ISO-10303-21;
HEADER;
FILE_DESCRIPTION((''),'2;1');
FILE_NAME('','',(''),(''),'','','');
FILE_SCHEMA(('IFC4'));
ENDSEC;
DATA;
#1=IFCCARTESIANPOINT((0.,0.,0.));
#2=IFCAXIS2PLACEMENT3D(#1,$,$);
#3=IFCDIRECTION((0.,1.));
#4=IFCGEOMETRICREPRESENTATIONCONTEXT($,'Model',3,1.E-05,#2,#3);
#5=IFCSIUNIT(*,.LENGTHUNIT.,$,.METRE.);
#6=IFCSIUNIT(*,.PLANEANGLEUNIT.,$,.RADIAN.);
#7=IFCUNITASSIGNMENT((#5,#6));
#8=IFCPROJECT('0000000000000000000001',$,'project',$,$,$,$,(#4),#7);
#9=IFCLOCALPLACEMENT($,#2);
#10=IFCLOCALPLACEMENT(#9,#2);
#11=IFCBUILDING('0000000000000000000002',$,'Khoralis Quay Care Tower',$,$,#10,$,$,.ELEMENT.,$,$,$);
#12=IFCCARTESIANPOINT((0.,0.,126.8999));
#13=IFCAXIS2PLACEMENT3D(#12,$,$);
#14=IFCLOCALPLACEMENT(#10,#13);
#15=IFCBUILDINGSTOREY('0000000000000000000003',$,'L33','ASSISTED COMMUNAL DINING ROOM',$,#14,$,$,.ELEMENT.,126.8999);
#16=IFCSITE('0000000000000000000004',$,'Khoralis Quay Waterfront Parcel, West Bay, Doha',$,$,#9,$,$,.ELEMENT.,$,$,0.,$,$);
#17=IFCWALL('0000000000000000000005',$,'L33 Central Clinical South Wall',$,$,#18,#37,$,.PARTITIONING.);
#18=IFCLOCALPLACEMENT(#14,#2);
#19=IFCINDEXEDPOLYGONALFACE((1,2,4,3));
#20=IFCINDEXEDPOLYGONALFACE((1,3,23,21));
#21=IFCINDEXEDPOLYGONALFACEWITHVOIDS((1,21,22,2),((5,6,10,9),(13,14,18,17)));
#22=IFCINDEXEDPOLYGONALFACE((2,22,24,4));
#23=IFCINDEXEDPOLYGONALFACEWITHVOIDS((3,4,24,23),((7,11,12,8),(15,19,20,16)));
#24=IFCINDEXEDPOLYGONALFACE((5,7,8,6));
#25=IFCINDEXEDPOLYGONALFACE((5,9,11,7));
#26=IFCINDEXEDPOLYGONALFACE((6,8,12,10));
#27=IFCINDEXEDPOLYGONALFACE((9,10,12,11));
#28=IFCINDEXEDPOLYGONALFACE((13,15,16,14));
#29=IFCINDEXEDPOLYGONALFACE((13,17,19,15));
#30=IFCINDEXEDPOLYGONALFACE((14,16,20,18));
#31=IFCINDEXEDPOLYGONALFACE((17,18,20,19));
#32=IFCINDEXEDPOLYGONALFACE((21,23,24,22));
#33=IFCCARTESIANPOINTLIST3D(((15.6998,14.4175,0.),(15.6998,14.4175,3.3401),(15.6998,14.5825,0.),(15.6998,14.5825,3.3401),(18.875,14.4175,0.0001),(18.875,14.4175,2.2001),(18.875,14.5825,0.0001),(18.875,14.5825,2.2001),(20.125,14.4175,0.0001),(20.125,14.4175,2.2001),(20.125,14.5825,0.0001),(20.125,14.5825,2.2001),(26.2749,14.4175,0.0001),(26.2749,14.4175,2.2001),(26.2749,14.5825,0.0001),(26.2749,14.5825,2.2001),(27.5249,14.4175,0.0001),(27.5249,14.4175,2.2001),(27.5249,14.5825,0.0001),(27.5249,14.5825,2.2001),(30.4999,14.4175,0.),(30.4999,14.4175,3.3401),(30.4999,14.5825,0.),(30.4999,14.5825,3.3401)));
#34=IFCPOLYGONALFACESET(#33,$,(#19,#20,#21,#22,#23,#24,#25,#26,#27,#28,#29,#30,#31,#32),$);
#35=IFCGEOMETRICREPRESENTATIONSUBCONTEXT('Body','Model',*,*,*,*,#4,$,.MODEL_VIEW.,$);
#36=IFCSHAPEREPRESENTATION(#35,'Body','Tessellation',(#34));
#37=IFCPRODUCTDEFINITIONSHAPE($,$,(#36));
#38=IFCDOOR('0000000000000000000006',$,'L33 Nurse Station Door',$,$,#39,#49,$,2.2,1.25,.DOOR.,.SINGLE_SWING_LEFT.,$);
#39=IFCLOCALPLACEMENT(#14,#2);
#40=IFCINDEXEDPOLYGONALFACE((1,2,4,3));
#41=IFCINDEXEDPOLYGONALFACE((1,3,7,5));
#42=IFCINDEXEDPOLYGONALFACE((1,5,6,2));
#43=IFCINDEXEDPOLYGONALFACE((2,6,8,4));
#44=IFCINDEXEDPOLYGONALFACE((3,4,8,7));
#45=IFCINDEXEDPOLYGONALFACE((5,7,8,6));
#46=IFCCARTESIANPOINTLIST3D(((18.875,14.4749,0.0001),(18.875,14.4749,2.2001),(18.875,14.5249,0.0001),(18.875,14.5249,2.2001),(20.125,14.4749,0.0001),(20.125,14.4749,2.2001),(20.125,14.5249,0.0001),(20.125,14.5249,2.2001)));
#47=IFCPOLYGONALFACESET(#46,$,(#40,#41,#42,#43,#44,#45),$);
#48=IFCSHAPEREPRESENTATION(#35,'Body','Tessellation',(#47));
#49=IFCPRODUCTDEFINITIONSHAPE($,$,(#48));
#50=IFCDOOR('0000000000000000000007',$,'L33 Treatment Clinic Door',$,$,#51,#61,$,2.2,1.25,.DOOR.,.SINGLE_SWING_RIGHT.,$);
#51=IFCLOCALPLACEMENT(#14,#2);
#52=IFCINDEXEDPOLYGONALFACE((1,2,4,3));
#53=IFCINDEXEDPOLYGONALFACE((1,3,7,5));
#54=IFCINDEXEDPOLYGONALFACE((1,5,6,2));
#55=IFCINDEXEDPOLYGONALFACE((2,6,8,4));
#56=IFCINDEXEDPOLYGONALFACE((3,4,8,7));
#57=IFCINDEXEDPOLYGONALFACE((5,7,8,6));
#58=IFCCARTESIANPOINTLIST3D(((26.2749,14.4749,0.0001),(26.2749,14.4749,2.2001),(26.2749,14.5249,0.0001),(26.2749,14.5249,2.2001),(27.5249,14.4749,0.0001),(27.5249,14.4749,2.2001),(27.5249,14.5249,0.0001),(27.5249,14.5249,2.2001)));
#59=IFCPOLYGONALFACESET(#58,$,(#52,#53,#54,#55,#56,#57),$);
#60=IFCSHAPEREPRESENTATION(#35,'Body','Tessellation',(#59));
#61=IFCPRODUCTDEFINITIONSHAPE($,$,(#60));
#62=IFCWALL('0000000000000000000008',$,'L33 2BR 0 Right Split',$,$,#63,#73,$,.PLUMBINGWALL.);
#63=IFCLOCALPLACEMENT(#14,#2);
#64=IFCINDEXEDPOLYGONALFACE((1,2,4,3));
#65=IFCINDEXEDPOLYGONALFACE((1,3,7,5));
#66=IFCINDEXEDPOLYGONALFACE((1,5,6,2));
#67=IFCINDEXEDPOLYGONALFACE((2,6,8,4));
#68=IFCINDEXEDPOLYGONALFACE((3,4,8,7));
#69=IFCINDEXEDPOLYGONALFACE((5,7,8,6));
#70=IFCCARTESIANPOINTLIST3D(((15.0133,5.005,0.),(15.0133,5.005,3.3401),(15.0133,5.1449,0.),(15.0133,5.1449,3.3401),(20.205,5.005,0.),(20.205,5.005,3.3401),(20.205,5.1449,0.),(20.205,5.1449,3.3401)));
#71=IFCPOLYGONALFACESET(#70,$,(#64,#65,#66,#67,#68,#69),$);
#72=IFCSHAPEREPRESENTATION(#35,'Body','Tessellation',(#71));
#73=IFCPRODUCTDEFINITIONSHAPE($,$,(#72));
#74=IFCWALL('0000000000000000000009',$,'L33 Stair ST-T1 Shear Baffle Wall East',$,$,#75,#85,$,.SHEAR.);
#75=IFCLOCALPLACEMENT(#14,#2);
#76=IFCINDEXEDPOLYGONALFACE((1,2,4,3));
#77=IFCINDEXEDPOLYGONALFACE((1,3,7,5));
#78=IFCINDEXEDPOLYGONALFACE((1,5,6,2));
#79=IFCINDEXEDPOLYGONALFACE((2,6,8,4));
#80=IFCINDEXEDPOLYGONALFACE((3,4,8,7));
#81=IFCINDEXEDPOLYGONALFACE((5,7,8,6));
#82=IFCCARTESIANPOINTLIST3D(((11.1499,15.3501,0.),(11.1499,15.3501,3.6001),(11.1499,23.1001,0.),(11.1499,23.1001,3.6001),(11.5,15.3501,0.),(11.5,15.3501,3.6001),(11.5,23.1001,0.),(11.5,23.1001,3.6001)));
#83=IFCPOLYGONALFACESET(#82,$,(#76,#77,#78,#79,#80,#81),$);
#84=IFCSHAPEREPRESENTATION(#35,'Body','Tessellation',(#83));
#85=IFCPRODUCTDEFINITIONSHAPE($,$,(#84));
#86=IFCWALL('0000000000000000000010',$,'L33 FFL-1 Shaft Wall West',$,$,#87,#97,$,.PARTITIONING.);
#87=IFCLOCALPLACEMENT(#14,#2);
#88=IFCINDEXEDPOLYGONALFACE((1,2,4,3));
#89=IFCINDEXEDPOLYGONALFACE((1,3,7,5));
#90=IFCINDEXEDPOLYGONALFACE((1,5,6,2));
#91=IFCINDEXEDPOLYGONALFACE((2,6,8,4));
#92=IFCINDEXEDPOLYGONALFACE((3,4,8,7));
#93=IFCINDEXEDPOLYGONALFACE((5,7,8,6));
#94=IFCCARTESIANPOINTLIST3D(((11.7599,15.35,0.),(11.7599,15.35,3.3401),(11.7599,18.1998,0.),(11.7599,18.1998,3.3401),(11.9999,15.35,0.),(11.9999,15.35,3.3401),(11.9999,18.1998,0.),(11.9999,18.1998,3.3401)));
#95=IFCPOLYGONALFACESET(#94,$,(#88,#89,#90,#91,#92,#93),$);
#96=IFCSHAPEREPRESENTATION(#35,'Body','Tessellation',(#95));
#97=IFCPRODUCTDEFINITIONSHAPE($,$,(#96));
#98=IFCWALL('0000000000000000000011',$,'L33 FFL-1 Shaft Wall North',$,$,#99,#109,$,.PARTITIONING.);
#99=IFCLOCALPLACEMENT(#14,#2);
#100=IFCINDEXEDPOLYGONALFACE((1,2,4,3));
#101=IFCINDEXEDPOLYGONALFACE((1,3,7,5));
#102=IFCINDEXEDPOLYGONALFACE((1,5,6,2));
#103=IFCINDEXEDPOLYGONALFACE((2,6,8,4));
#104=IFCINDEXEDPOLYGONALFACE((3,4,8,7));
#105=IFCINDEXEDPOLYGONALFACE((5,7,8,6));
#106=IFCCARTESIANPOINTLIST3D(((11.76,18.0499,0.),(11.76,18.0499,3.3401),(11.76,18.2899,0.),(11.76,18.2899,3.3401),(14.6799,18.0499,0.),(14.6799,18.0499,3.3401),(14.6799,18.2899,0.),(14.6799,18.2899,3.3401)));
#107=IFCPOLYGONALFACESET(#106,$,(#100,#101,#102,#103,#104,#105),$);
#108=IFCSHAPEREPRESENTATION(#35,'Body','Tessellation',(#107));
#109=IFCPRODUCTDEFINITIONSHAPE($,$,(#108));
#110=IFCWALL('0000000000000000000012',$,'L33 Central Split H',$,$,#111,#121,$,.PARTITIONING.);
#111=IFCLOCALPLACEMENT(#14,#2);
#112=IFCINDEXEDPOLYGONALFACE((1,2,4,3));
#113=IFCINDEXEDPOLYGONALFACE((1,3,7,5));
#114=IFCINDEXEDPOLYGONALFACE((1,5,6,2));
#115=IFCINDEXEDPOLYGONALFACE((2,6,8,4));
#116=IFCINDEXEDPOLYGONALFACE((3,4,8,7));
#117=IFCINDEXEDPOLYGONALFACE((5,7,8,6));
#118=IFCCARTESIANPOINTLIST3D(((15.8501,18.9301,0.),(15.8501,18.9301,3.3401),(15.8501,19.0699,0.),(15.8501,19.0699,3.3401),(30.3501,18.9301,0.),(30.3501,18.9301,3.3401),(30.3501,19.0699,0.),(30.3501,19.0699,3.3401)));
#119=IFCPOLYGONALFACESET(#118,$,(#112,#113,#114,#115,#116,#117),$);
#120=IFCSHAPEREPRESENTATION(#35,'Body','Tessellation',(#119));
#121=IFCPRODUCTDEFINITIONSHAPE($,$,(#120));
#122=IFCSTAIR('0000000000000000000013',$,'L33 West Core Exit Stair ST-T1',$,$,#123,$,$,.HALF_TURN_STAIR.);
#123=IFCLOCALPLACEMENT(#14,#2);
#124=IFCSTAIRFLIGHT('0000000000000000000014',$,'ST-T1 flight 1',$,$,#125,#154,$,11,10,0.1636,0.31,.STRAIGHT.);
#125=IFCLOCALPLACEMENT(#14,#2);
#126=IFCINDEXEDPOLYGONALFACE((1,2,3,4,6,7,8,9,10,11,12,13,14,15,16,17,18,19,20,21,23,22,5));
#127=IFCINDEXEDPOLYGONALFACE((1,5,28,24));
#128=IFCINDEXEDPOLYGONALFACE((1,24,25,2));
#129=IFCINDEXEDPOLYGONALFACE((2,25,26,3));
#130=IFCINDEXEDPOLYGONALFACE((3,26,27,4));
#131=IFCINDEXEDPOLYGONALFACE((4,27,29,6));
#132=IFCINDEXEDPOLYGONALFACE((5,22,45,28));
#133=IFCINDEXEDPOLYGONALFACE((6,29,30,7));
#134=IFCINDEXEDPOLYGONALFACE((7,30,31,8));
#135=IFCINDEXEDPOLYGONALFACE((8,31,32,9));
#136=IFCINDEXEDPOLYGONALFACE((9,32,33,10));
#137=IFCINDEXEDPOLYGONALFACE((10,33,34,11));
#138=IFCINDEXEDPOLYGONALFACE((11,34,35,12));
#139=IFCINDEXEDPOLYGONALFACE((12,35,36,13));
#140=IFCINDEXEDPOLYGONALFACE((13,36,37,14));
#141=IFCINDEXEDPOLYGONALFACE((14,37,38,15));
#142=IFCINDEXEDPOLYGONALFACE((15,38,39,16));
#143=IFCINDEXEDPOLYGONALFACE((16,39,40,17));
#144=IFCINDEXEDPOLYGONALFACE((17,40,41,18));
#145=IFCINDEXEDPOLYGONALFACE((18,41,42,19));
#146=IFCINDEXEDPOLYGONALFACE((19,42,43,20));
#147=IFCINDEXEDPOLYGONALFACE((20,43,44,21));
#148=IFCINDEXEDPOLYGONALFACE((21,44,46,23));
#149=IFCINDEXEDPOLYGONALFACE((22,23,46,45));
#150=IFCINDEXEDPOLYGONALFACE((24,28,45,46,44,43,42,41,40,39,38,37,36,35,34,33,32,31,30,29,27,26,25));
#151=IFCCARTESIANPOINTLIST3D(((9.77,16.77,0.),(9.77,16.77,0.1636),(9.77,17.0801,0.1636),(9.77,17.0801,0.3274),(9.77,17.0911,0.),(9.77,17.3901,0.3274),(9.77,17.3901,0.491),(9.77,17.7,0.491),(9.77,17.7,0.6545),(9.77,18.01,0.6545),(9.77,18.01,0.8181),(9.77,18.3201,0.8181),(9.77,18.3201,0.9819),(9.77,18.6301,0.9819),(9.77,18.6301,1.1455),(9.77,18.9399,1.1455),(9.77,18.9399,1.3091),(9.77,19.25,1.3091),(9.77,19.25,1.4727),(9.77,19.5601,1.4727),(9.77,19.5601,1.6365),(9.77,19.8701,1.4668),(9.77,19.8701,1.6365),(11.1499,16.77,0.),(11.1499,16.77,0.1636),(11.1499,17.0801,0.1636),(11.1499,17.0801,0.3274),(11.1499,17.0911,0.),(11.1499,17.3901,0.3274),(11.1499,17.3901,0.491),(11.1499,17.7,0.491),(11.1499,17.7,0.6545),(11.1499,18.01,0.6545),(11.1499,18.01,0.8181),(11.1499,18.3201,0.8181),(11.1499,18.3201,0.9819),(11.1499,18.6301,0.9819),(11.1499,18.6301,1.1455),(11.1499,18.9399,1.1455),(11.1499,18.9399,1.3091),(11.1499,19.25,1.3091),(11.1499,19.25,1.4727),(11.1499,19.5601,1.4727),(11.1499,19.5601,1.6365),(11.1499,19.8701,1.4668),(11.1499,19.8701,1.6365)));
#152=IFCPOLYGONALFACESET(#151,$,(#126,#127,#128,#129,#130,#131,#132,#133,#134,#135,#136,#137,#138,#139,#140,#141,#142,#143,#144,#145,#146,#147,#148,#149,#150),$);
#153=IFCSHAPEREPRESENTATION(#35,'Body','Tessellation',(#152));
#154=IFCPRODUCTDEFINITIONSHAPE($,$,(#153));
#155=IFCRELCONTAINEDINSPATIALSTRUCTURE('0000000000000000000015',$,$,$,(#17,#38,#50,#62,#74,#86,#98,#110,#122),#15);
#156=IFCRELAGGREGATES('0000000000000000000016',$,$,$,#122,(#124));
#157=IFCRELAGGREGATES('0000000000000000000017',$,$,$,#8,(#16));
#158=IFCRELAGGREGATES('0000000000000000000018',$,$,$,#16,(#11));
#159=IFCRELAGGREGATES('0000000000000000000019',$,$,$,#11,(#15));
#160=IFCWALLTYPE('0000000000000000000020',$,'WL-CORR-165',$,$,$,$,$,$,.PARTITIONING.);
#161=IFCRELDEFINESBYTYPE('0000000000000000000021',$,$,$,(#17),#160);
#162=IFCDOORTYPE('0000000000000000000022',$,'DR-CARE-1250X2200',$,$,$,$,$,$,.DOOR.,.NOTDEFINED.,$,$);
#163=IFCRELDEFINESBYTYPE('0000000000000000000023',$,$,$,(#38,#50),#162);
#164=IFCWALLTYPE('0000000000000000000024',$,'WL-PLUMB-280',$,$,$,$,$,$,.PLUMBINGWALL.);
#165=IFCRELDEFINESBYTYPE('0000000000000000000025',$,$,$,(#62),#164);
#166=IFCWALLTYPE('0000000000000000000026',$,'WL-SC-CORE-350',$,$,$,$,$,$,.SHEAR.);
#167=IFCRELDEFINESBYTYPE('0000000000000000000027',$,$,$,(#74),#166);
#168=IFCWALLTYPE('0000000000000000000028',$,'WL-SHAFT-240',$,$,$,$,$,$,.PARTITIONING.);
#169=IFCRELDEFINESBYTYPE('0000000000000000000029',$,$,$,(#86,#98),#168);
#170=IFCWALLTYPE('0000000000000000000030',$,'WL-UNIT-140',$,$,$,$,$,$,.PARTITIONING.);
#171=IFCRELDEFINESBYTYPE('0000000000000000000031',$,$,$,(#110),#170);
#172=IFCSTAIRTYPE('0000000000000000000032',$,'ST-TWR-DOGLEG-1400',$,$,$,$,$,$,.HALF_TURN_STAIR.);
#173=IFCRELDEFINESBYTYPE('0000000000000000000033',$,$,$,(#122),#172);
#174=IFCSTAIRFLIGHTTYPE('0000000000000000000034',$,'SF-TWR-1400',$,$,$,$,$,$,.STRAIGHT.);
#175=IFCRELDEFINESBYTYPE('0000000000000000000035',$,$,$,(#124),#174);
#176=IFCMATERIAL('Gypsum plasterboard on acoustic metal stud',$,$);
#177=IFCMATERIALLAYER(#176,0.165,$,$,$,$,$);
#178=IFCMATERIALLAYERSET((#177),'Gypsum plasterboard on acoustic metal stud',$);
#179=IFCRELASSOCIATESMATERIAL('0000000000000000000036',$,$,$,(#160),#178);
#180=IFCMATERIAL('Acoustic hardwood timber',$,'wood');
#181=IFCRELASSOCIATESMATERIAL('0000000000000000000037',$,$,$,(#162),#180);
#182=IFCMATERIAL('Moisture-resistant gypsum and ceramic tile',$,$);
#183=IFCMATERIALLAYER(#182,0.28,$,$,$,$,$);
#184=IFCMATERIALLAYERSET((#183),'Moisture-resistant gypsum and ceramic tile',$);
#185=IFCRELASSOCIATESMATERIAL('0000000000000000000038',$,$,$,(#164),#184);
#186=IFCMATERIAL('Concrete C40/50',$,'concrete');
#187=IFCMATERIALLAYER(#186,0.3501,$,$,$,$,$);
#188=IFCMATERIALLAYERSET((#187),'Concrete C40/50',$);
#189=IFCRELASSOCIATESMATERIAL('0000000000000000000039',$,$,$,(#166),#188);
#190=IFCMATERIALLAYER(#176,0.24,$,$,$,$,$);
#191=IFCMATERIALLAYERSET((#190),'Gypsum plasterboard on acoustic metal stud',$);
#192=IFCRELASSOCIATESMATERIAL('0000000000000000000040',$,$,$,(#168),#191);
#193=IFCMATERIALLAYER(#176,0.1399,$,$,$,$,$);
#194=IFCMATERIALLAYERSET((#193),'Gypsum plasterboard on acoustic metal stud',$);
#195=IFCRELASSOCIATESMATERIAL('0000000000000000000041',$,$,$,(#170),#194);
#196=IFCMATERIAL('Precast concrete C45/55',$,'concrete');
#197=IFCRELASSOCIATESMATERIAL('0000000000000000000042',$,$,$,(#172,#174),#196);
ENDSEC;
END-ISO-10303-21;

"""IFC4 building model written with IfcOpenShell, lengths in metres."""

from ifc_helpers import new_model, si_unit, direction, frame, frame_2d, origin, place, context, subcontext, project, spatial, polyline, rectangle, outline, extrude, source, transform, mapped, material, layer, layer_set, type_object, element, fill, aggregate, save


model = new_model("IFC4")

# Units and contexts
model_context = context("Model", 3, precision=1e-05, world=origin(), true_north=direction((0.0, 1.0)))
body_context = subcontext(model_context, "Body", "Model", "MODEL_VIEW")
ifc_project = project(units=[si_unit("LENGTHUNIT", "METRE"), si_unit("PLANEANGLEUNIT", "RADIAN")], contexts=[model_context])

# Site, building, storey
site_placement = place(None, origin())
site = spatial("IfcSite", under=ifc_project, at=site_placement, Name="Khoralis Quay Waterfront Parcel, West Bay, Doha", CompositionType="ELEMENT", RefElevation=0.0)
building_placement = place(site_placement, origin())
building = spatial("IfcBuilding", under=site, at=building_placement, Name="Khoralis Quay Care Tower", CompositionType="ELEMENT")
storey_placement = place(building_placement, frame((0.0, 0.0, 126.8999)))
storey = spatial("IfcBuildingStorey", under=building, at=storey_placement, Name="L33", Description="ASSISTED COMMUNAL DINING ROOM", CompositionType="ELEMENT", Elevation=126.8999)

# Shared definitions
ifc_material_1 = material(Name="Gypsum plasterboard on acoustic metal stud")

# Wall, openings, doors
ifc_layer_1 = layer(ifc_material_1, 0.165)
ifc_layer_set_1 = layer_set([ifc_layer_1], Name="Gypsum plasterboard on acoustic metal stud")
wall_type_1 = type_object("IfcWallType", Name="WL-CORR-165", PredefinedType="PARTITIONING", material=ifc_layer_set_1)
wall_1_placement = place(storey_placement, frame((15.7, 14.5, 0.0), z_axis=(0.0, 0.0, 1.0), x_axis=(1.0, 0.0, 0.0)))
wall_1 = element("IfcWall", 1, at=wall_1_placement, inside=storey, type_object=wall_type_1, Name="L33 Central Clinical South Wall", PredefinedType="PARTITIONING", context=body_context, shape_type="SweptSolid", body=[
    extrude(rectangle(XDim=14.8, YDim=0.165, at=frame_2d((7.3999, 0.0))), origin(), (0.0, 0.0, 1.0), 3.3401),
])
opening_1_placement = place(wall_1_placement, frame((3.175, 0.0, 0.0)))
opening_1 = element("IfcOpeningElement", 2, at=opening_1_placement, cuts=wall_1, PredefinedType="OPENING", context=body_context, shape_type="SweptSolid", body=[
    extrude(rectangle(XDim=1.25, YDim=2.2, at=frame_2d((0.625, 1.1001))), frame((0.0, 0.0925, 0.0), z_axis=(0.0, -1.0, 0.0), x_axis=(1.0, 0.0, 0.0)), (0.0, 0.0, 1.0), 0.1851),
])
opening_2_placement = place(wall_1_placement, frame((10.575, 0.0, 0.0)))
opening_2 = element("IfcOpeningElement", 3, at=opening_2_placement, cuts=wall_1, PredefinedType="OPENING", context=body_context, shape_type="SweptSolid", body=[
    extrude(rectangle(XDim=1.25, YDim=2.2, at=frame_2d((0.625, 1.1001))), frame((0.0, 0.0925, 0.0), z_axis=(0.0, -1.0, 0.0), x_axis=(1.0, 0.0, 0.0)), (0.0, 0.0, 1.0), 0.1851),
])
ifc_material_2 = material(Name="Acoustic hardwood timber", Category="wood")
door_type_1 = type_object("IfcDoorType", Name="DR-CARE-1250X2200", OperationType="NOTDEFINED", PredefinedType="DOOR", material=ifc_material_2)
shared_shape_1 = source(origin(), body_context, "Body", "SweptSolid", [
    extrude(rectangle(XDim=1.25, YDim=2.2, at=frame_2d((0.625, 1.1001))), frame((0.0, 0.0249, 0.0), z_axis=(0.0, -1.0, 0.0), x_axis=(1.0, 0.0, 0.0)), (0.0, 0.0, 1.0), 0.05),
])
door_1_placement = place(opening_1_placement, origin())
door_1 = element("IfcDoor", 4, at=door_1_placement, inside=storey, type_object=door_type_1, Name="L33 Nurse Station Door", OperationType="SINGLE_SWING_LEFT", OverallHeight=2.2, OverallWidth=1.25, PredefinedType="DOOR", context=body_context, shape_type="MappedRepresentation", body=[
    mapped(shared_shape_1, transform((0.0, 0.0, 0.0), scale=1.0)),
])
fill(opening_1, door_1)
door_2_placement = place(opening_2_placement, origin())
door_2 = element("IfcDoor", 5, at=door_2_placement, inside=storey, type_object=door_type_1, Name="L33 Treatment Clinic Door", OperationType="SINGLE_SWING_RIGHT", OverallHeight=2.2, OverallWidth=1.25, PredefinedType="DOOR", context=body_context, shape_type="MappedRepresentation", body=[
    mapped(shared_shape_1, transform((0.0, 0.0, 0.0), scale=1.0)),
])
fill(opening_2, door_2)

# Walls
ifc_material_3 = material(Name="Moisture-resistant gypsum and ceramic tile")
ifc_layer_2 = layer(ifc_material_3, 0.28)
ifc_layer_set_2 = layer_set([ifc_layer_2], Name="Moisture-resistant gypsum and ceramic tile")
wall_type_2 = type_object("IfcWallType", Name="WL-PLUMB-280", PredefinedType="PLUMBINGWALL", material=ifc_layer_set_2)
wall_2_placement = place(storey_placement, frame((15.0134, 5.075, 0.0), z_axis=(0.0, 0.0, 1.0), x_axis=(1.0, 0.0, 0.0)))
element("IfcWall", 6, at=wall_2_placement, inside=storey, type_object=wall_type_2, Name="L33 2BR 0 Right Split", PredefinedType="PLUMBINGWALL", context=body_context, shape_type="SweptSolid", body=[
    extrude(rectangle(XDim=5.1917, YDim=0.1399, at=frame_2d((2.5957, 0.0))), origin(), (0.0, 0.0, 1.0), 3.3401),
])
ifc_material_4 = material(Name="Concrete C40/50", Category="concrete")
ifc_layer_3 = layer(ifc_material_4, 0.3501)
ifc_layer_set_3 = layer_set([ifc_layer_3], Name="Concrete C40/50")
wall_type_3 = type_object("IfcWallType", Name="WL-SC-CORE-350", PredefinedType="SHEAR", material=ifc_layer_set_3)
wall_3_placement = place(storey_placement, frame((11.325, 15.3501, 0.0), z_axis=(0.0, 0.0, 1.0), x_axis=(0.0, 1.0, 0.0)))
element("IfcWall", 7, at=wall_3_placement, inside=storey, type_object=wall_type_3, Name="L33 Stair ST-T1 Shear Baffle Wall East", PredefinedType="SHEAR", context=body_context, shape_type="SweptSolid", body=[
    extrude(rectangle(XDim=7.75, YDim=0.3501, at=frame_2d((3.875, 0.0))), origin(), (0.0, 0.0, 1.0), 3.6001),
])
ifc_layer_4 = layer(ifc_material_1, 0.24)
ifc_layer_set_4 = layer_set([ifc_layer_4], Name="Gypsum plasterboard on acoustic metal stud")
wall_type_4 = type_object("IfcWallType", Name="WL-SHAFT-240", PredefinedType="PARTITIONING", material=ifc_layer_set_4)
wall_4_placement = place(storey_placement, frame((11.8799, 15.3501, 0.0), z_axis=(0.0, 0.0, 1.0), x_axis=(0.0, 1.0, 0.0)))
element("IfcWall", 8, at=wall_4_placement, inside=storey, type_object=wall_type_4, Name="L33 FFL-1 Shaft Wall West", PredefinedType="PARTITIONING", context=body_context, shape_type="SweptSolid", body=[
    extrude(rectangle(XDim=2.8499, YDim=0.24, at=frame_2d((1.4248, 0.0))), origin(), (0.0, 0.0, 1.0), 3.3401),
])
wall_5_placement = place(storey_placement, frame((11.76, 18.1699, 0.0), z_axis=(0.0, 0.0, 1.0), x_axis=(1.0, 0.0, 0.0)))
element("IfcWall", 9, at=wall_5_placement, inside=storey, type_object=wall_type_4, Name="L33 FFL-1 Shaft Wall North", PredefinedType="PARTITIONING", context=body_context, shape_type="SweptSolid", body=[
    extrude(rectangle(XDim=2.9199, YDim=0.24, at=frame_2d((1.46, 0.0))), origin(), (0.0, 0.0, 1.0), 3.3401),
])
ifc_layer_5 = layer(ifc_material_1, 0.1399)
ifc_layer_set_5 = layer_set([ifc_layer_5], Name="Gypsum plasterboard on acoustic metal stud")
wall_type_5 = type_object("IfcWallType", Name="WL-UNIT-140", PredefinedType="PARTITIONING", material=ifc_layer_set_5)
wall_6_placement = place(storey_placement, frame((15.8501, 19.0, 0.0), z_axis=(0.0, 0.0, 1.0), x_axis=(1.0, 0.0, 0.0)))
element("IfcWall", 10, at=wall_6_placement, inside=storey, type_object=wall_type_5, Name="L33 Central Split H", PredefinedType="PARTITIONING", context=body_context, shape_type="SweptSolid", body=[
    extrude(rectangle(XDim=14.5, YDim=0.1399, at=frame_2d((7.25, 0.0))), origin(), (0.0, 0.0, 1.0), 3.3401),
])

# Stair, stair flight
ifc_material_5 = material(Name="Precast concrete C45/55", Category="concrete")
stair_type = type_object("IfcStairType", Name="ST-TWR-DOGLEG-1400", PredefinedType="HALF_TURN_STAIR", material=ifc_material_5)
stair_placement = place(storey_placement, origin())
stair = element("IfcStair", 11, at=stair_placement, inside=storey, type_object=stair_type, Name="L33 West Core Exit Stair ST-T1", PredefinedType="HALF_TURN_STAIR")
stair_flight_type = type_object("IfcStairFlightType", Name="SF-TWR-1400", PredefinedType="STRAIGHT", material=ifc_material_5)
shared_shape_2 = source(origin(), body_context, "Body", "SweptSolid", [
    extrude(outline(polyline([(0.0, 0.0), (0.0, 0.1636), (0.3101, 0.1636), (0.3101, 0.3274), (0.6201, 0.3274), (0.6201, 0.491), (0.9299, 0.491), (0.9299, 0.6545), (1.24, 0.6545), (1.24, 0.8181), (1.55, 0.8181), (1.55, 0.9819), (1.8601, 0.9819), (1.8601, 1.1455), (2.1699, 1.1455), (2.1699, 1.3091), (2.48, 1.3091), (2.48, 1.4727), (2.79, 1.4727), (2.79, 1.6365), (3.1001, 1.6365), (3.1001, 1.8), (3.1001, 1.4668), (0.321, 0.0), (0.0, 0.0)])), frame((0.0, 0.6899, 0.0), z_axis=(0.0, -1.0, 0.0), x_axis=(1.0, 0.0, 0.0)), (0.0, 0.0, 1.0), 1.3799),
])
stair_flight_1_placement = place(storey_placement, frame((10.46, 16.77, 0.0), z_axis=(0.0, 0.0, 1.0), x_axis=(0.0, 1.0, 0.0)))
stair_flight_1 = element("IfcStairFlight", 12, at=stair_flight_1_placement, type_object=stair_flight_type, Name="ST-T1 flight 1", NumberOfRisers=11, NumberOfTreads=10, PredefinedType="STRAIGHT", RiserHeight=0.1636, TreadLength=0.31, context=body_context, shape_type="MappedRepresentation", body=[
    mapped(shared_shape_2, transform((0.0, 0.0, 0.0), scale=1.0)),
])
aggregate(stair, [stair_flight_1])

save(model, "model.ifc")
